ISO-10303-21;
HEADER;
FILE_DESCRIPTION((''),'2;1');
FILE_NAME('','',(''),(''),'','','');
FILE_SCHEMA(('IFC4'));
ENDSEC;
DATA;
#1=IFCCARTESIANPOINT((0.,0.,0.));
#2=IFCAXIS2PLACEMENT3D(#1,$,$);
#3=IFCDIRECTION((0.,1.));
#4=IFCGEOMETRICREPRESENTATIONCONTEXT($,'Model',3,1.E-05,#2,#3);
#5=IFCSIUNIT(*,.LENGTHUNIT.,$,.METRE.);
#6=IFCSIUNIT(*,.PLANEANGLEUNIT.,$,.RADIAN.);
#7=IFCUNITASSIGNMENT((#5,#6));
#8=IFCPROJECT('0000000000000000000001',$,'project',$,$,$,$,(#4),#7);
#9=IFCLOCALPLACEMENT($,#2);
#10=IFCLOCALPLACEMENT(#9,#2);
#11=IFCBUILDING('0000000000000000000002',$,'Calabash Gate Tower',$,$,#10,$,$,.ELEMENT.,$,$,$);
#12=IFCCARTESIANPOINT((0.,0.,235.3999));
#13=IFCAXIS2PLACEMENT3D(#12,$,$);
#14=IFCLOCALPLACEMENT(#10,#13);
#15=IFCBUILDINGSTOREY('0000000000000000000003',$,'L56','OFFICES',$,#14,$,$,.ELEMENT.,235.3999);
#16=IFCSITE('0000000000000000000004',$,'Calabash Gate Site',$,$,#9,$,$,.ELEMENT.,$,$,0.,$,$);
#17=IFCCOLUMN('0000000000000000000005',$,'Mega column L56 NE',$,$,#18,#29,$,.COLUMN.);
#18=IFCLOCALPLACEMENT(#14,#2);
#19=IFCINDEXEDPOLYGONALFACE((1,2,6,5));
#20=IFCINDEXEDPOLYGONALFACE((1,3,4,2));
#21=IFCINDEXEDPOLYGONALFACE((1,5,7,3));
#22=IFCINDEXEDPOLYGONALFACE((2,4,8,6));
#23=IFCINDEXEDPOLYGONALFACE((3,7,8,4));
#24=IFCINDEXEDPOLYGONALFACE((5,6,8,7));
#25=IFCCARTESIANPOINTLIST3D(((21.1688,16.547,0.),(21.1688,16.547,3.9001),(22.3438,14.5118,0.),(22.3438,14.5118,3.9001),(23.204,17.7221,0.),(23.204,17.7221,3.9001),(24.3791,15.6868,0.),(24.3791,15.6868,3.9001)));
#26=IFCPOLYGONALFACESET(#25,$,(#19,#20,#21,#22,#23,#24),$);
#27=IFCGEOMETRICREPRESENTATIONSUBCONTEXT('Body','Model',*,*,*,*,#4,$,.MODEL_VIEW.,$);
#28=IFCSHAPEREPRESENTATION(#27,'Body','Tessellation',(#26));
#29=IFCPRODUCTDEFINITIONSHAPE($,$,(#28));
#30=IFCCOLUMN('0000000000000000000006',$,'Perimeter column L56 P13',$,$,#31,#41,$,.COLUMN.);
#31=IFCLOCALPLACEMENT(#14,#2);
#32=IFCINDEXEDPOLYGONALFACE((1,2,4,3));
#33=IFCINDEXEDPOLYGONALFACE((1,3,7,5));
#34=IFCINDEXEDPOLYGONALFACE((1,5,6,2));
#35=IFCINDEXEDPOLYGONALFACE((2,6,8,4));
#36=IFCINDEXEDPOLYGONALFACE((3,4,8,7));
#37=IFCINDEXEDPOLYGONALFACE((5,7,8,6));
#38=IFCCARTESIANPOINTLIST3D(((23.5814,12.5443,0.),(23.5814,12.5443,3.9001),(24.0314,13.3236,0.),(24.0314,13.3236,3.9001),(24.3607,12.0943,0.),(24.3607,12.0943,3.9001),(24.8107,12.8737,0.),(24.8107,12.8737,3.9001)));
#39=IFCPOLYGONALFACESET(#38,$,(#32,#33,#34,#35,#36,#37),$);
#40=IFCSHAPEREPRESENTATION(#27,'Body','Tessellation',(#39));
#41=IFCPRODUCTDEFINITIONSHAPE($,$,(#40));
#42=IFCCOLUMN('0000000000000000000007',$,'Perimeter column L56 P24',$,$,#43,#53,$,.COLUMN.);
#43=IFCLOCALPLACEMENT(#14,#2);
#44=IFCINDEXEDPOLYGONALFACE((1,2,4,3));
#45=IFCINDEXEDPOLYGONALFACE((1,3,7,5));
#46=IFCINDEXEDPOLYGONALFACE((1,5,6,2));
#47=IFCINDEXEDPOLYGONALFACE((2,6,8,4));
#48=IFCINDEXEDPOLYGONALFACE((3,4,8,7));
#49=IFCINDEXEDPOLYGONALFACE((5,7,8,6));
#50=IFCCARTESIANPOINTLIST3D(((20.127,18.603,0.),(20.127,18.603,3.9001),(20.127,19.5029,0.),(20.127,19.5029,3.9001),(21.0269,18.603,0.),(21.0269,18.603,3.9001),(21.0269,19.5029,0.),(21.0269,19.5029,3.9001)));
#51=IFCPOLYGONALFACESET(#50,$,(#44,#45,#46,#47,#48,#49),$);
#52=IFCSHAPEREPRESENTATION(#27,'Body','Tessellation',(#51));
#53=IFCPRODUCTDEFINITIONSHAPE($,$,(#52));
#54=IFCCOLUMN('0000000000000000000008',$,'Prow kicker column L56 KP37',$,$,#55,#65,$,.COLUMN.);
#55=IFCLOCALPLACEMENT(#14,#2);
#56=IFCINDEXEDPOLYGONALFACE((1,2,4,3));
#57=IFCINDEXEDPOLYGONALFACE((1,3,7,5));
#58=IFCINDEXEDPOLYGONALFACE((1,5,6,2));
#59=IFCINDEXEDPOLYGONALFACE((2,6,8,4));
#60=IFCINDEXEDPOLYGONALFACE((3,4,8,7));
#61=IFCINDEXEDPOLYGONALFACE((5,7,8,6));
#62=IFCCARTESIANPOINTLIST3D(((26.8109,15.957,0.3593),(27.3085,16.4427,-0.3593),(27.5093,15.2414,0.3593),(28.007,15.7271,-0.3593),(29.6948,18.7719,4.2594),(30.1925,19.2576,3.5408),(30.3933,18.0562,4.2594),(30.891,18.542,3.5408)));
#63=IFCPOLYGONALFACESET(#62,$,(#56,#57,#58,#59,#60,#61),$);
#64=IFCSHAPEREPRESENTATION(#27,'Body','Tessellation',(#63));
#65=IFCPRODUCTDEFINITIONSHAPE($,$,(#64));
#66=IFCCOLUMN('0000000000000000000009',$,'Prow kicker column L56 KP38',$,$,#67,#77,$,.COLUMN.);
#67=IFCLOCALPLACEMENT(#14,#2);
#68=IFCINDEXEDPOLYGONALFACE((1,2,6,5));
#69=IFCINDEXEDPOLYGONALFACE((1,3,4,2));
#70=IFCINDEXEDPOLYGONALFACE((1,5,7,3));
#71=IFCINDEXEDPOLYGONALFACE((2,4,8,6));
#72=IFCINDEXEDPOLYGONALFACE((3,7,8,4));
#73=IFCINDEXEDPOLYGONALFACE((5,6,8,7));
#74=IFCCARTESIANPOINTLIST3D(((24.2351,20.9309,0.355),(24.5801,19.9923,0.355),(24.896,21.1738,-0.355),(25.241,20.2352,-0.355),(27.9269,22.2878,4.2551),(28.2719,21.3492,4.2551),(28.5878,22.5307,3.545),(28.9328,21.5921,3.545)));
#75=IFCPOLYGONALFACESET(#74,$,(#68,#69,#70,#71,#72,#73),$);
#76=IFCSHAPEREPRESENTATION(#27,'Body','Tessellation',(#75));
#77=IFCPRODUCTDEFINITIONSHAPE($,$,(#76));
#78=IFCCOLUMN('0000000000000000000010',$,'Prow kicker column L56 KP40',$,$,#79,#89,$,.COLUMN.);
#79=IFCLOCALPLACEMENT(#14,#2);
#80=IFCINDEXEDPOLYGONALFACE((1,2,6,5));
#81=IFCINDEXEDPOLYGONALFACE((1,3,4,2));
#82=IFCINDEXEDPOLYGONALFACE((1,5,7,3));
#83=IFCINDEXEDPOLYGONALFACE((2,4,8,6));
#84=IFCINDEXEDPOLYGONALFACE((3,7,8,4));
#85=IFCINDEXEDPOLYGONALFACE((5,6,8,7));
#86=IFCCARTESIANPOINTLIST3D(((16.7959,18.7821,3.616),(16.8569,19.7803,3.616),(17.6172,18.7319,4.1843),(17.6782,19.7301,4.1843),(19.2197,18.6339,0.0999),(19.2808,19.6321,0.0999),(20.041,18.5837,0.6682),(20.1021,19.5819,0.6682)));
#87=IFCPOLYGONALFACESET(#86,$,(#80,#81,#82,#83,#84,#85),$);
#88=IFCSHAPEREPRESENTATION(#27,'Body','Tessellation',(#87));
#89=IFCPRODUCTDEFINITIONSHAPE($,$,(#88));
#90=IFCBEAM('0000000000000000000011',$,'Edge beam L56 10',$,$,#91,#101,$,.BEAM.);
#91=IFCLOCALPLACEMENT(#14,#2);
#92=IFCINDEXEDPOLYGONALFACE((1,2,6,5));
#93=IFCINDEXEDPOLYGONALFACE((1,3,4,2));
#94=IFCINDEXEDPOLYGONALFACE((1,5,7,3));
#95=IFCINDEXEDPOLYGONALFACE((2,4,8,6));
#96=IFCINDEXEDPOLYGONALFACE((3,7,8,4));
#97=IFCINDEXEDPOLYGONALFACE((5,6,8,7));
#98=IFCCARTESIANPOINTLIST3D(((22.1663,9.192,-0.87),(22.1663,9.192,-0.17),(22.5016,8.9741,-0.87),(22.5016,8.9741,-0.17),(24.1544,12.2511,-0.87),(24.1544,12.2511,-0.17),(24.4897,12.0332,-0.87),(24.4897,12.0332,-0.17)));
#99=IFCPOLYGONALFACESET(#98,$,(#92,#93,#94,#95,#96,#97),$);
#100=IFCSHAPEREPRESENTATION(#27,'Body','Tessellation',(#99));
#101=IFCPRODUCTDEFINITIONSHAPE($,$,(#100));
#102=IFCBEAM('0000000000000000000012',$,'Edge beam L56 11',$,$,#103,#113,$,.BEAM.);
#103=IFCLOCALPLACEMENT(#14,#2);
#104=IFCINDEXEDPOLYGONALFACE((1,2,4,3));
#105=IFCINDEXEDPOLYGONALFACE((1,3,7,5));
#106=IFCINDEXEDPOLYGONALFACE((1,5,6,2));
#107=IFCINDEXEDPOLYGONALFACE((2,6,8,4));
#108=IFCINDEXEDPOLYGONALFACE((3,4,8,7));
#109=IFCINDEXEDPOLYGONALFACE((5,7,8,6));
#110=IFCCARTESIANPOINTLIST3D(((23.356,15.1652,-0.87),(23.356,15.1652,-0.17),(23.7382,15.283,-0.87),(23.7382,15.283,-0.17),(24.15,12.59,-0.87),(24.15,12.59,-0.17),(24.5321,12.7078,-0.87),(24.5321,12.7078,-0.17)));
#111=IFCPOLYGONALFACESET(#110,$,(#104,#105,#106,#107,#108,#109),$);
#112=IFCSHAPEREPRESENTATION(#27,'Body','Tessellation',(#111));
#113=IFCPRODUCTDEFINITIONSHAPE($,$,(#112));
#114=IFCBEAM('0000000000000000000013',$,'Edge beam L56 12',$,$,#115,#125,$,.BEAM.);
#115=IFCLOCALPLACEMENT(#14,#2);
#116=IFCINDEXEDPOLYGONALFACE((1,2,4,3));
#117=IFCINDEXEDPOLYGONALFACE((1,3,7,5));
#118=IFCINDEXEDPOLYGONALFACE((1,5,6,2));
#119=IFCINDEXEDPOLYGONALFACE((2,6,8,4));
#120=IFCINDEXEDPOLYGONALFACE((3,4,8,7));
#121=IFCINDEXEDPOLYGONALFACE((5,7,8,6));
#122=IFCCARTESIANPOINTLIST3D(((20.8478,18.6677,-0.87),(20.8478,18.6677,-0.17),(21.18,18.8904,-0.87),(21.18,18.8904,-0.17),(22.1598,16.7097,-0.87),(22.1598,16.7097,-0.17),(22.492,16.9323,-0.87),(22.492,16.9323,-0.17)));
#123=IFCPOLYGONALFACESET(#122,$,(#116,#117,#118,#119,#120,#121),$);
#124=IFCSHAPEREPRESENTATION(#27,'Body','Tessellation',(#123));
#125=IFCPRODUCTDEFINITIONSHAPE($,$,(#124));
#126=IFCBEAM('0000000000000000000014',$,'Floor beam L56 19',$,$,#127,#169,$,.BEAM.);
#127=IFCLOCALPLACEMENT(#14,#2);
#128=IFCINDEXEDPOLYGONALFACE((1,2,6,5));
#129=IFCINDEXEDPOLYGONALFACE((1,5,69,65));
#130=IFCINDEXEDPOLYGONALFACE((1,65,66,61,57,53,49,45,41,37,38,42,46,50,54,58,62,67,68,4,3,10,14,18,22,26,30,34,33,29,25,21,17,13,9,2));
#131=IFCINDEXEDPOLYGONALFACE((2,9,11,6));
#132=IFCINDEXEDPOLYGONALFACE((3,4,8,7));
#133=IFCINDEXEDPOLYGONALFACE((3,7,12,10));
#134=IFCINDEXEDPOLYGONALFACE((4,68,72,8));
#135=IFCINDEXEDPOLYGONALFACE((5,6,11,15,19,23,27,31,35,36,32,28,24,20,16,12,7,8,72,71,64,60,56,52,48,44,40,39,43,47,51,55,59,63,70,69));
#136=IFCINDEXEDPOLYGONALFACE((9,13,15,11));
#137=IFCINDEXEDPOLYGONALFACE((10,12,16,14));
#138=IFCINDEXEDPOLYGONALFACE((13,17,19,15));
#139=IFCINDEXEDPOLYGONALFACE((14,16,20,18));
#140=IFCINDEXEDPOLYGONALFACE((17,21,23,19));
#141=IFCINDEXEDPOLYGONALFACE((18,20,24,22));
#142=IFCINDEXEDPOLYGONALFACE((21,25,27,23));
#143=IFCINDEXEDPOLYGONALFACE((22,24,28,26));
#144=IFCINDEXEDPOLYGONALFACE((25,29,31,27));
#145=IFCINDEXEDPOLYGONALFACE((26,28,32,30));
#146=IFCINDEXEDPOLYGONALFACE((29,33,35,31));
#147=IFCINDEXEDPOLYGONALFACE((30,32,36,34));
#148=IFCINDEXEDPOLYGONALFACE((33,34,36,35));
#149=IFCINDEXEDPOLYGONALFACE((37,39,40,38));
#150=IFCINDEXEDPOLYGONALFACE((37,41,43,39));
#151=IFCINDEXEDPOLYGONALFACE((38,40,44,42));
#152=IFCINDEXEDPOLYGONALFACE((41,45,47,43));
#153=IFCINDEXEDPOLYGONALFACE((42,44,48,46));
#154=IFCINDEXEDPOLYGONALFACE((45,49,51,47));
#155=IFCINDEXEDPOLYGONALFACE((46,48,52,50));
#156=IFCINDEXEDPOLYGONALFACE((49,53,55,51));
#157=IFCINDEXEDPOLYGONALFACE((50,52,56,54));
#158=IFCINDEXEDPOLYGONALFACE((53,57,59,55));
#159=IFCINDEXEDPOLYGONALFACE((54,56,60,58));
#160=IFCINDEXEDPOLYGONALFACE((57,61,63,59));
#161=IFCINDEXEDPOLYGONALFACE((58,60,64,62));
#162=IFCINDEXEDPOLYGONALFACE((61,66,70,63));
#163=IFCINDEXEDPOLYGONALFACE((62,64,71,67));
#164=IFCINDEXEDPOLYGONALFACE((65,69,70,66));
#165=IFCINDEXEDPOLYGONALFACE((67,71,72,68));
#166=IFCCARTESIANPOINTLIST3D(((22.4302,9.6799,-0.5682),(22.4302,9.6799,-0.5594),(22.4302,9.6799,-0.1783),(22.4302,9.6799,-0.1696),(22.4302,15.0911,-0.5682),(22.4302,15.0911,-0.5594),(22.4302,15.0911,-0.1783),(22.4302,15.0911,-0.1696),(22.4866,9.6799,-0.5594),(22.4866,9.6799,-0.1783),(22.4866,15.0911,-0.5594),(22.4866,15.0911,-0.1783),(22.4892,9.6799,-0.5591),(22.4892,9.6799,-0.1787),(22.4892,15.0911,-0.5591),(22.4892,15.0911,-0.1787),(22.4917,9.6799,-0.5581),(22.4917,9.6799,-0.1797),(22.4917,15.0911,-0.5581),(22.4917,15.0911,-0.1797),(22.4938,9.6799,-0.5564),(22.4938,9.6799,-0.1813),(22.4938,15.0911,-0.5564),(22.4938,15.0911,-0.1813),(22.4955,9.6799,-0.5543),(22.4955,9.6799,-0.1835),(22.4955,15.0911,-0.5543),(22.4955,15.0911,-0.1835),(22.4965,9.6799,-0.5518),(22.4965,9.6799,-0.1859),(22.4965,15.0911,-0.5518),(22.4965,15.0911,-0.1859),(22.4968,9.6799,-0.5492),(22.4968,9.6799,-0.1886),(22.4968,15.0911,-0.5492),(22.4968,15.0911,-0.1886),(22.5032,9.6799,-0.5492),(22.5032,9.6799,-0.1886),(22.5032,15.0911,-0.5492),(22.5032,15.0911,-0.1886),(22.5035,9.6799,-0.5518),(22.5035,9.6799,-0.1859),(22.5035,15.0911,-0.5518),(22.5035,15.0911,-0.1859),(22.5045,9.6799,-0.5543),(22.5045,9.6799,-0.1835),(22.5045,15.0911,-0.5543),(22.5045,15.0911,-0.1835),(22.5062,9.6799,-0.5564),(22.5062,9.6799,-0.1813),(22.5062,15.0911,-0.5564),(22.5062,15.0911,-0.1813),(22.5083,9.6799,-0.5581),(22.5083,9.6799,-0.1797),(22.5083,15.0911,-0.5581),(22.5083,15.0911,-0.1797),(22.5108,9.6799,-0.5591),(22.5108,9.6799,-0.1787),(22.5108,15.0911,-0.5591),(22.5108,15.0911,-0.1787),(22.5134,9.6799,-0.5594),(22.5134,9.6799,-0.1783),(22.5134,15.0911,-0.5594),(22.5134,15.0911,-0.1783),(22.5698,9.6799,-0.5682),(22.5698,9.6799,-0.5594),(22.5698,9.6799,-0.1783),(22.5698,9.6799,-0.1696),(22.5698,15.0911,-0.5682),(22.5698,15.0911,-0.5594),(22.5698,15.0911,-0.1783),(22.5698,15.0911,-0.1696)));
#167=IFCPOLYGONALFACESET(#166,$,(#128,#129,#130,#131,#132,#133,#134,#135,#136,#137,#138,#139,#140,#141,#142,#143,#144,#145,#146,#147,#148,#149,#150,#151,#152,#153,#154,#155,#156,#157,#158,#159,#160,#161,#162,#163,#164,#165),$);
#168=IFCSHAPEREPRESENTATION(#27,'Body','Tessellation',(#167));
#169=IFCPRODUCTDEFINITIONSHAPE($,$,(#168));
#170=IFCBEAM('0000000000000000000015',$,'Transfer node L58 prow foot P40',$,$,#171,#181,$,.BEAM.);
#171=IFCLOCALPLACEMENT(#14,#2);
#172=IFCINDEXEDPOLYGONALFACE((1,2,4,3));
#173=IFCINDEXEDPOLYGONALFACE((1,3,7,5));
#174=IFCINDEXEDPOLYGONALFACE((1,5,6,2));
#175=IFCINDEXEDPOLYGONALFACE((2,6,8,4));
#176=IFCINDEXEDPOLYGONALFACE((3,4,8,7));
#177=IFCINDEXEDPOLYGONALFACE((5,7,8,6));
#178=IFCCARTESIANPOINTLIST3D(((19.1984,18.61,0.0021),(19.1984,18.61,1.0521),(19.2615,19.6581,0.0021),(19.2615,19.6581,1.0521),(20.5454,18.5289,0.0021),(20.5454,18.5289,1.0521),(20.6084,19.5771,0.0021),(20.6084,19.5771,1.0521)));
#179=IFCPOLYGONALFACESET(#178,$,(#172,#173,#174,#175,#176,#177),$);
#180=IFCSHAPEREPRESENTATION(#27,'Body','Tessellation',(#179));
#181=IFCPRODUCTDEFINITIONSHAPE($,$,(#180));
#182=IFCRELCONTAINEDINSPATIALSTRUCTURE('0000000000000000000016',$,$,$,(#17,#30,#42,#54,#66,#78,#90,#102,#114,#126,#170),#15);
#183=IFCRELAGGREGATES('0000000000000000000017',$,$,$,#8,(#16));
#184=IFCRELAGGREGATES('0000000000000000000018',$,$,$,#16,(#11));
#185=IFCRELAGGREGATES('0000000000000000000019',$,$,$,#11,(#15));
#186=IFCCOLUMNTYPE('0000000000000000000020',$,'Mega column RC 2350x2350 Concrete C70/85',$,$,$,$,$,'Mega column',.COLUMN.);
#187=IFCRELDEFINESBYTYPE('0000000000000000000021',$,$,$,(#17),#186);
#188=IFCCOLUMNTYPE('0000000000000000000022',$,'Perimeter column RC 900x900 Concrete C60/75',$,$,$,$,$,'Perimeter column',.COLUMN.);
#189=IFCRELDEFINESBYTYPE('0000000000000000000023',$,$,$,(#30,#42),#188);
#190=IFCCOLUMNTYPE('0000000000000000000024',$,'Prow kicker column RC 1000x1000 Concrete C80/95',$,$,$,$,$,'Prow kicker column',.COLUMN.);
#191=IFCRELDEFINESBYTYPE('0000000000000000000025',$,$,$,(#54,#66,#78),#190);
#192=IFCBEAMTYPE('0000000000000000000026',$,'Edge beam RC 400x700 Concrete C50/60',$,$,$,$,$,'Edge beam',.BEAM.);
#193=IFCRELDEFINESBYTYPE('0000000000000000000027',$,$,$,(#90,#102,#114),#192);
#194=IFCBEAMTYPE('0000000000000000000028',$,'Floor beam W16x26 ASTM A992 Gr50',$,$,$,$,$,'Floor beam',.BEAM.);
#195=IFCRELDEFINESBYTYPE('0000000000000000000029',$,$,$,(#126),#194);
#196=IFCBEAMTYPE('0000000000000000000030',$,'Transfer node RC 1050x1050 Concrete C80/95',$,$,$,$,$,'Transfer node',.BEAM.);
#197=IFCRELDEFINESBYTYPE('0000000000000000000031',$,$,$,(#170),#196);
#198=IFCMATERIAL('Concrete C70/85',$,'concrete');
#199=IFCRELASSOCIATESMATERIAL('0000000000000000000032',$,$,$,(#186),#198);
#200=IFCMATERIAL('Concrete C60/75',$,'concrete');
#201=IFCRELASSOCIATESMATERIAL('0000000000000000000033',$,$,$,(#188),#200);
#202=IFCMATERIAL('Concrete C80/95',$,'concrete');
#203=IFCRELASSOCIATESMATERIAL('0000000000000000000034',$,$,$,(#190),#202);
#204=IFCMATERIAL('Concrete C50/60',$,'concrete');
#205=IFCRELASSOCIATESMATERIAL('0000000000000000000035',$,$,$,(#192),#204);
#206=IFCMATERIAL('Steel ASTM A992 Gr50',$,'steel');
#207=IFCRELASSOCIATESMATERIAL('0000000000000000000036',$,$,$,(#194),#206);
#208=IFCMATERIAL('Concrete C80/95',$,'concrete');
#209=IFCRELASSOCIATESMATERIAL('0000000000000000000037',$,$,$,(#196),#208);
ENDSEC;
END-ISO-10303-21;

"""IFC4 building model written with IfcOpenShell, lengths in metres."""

from ifc_helpers import new_model, si_unit, direction, frame, origin, origin_2d, place, context, subcontext, project, spatial, rectangle, i_section, extrude, material, material_profile, profile_set, type_object, element, save


model = new_model("IFC4")

# Units and contexts
model_context = context("Model", 3, precision=1e-05, world=origin(), true_north=direction((0.0, 1.0)))
body_context = subcontext(model_context, "Body", "Model", "MODEL_VIEW")
ifc_project = project(units=[si_unit("LENGTHUNIT", "METRE"), si_unit("PLANEANGLEUNIT", "RADIAN")], contexts=[model_context])

# Site, building, storey
site_placement = place(None, origin())
site = spatial("IfcSite", under=ifc_project, at=site_placement, Name="Calabash Gate Site", CompositionType="ELEMENT", RefElevation=0.0)
building_placement = place(site_placement, origin())
building = spatial("IfcBuilding", under=site, at=building_placement, Name="Calabash Gate Tower", CompositionType="ELEMENT")
storey_placement = place(building_placement, frame((0.0, 0.0, 235.3999)))
storey = spatial("IfcBuildingStorey", under=building, at=storey_placement, Name="L56", Description="OFFICES", CompositionType="ELEMENT", Elevation=235.3999)

# Columns
ifc_material_1 = material(Name="Concrete C70/85", Category="concrete")
ifc_material_profile_1 = material_profile(ifc_material_1, rectangle(XDim=2.3501, YDim=2.3501, at=origin_2d()))
ifc_profile_set_1 = profile_set([ifc_material_profile_1], Name="Concrete C70/85")
column_type_1 = type_object("IfcColumnType", Name="Mega column RC 2350x2350 Concrete C70/85", ElementType="Mega column", PredefinedType="COLUMN", material=ifc_profile_set_1)
column_1_placement = place(storey_placement, frame((22.7739, 16.1169, 0.0), z_axis=(0.0, 0.0, 1.0), x_axis=(-0.866025, -0.5, 0.0)))
element("IfcColumn", 1, at=column_1_placement, inside=storey, type_object=column_type_1, Name="Mega column L56 NE", PredefinedType="COLUMN", context=body_context, shape_type="SweptSolid", body=[
    extrude(rectangle(XDim=2.3501, YDim=2.3501, at=origin_2d()), origin(), (0.0, 0.0, 1.0), 3.9001),
])
ifc_material_2 = material(Name="Concrete C60/75", Category="concrete")
ifc_material_profile_2 = material_profile(ifc_material_2, rectangle(XDim=0.8999, YDim=0.8999, at=origin_2d()))
ifc_profile_set_2 = profile_set([ifc_material_profile_2], Name="Concrete C60/75")
column_type_2 = type_object("IfcColumnType", Name="Perimeter column RC 900x900 Concrete C60/75", ElementType="Perimeter column", PredefinedType="COLUMN", material=ifc_profile_set_2)
for number, where, z_axis, x_axis, name in (
    (2, (24.196, 12.709, 0.0), (0.0, 0.0, 1.0), (0.5, 0.866025, 0.0), "Perimeter column L56 P13"),
    (3, (20.5769, 19.053, 0.0), (0.0, 0.0, 1.0), (-1.0, 0.0, 0.0), "Perimeter column L56 P24"),
):
    element("IfcColumn", number, at=place(storey_placement, frame(where, z_axis=z_axis, x_axis=x_axis)), inside=storey, type_object=column_type_2, Name=name, PredefinedType="COLUMN", context=body_context, shape_type="SweptSolid", body=[
        extrude(rectangle(XDim=0.8999, YDim=0.8999, at=origin_2d()), origin(), (0.0, 0.0, 1.0), 3.9001),
    ])
ifc_material_3 = material(Name="Concrete C80/95", Category="concrete")
ifc_material_profile_3 = material_profile(ifc_material_3, rectangle(XDim=1.0, YDim=1.0, at=origin_2d()))
ifc_profile_set_3 = profile_set([ifc_material_profile_3], Name="Concrete C80/95")
column_type_3 = type_object("IfcColumnType", Name="Prow kicker column RC 1000x1000 Concrete C80/95", ElementType="Prow kicker column", PredefinedType="COLUMN", material=ifc_profile_set_3)
column_2_placement = place(storey_placement, frame((27.4089, 15.842, 0.0), z_axis=(0.514247, 0.501927, 0.695428), x_axis=(-0.497667, -0.485744, 0.718596)))
element("IfcColumn", 4, at=column_2_placement, inside=storey, type_object=column_type_3, Name="Prow kicker column L56 KP37", PredefinedType="COLUMN", context=body_context, shape_type="SweptSolid", body=[
    extrude(rectangle(XDim=1.0, YDim=1.0, at=origin_2d()), origin(), (0.0, 0.0, 1.0), 5.6082),
])
column_3_placement = place(storey_placement, frame((24.738, 20.583, 0.0), z_axis=(0.666506, 0.24497, 0.704102), x_axis=(-0.660877, -0.242901, 0.710099)))
element("IfcColumn", 5, at=column_3_placement, inside=storey, type_object=column_type_3, Name="Prow kicker column L56 KP38", PredefinedType="COLUMN", context=body_context, shape_type="SweptSolid", body=[
    extrude(rectangle(XDim=1.0, YDim=1.0, at=origin_2d()), origin(), (0.0, 0.0, 1.0), 5.5391),
])
column_4_placement = place(storey_placement, frame((19.6609, 19.1079, 0.384), z_axis=(-0.567221, 0.03468, 0.822835), x_axis=(0.821302, -0.050215, 0.56828)))
element("IfcColumn", 6, at=column_4_placement, inside=storey, type_object=column_type_3, Name="Prow kicker column L56 KP40", PredefinedType="COLUMN", context=body_context, shape_type="SweptSolid", body=[
    extrude(rectangle(XDim=1.0, YDim=1.0, at=origin_2d()), origin(), (0.0, 0.0, 1.0), 4.2732),
])

# Beams
ifc_material_4 = material(Name="Concrete C50/60", Category="concrete")
ifc_material_profile_4 = material_profile(ifc_material_4, rectangle(XDim=0.3999, YDim=0.7, at=origin_2d()))
ifc_profile_set_4 = profile_set([ifc_material_profile_4], Name="Concrete C50/60")
beam_type_1 = type_object("IfcBeamType", Name="Edge beam RC 400x700 Concrete C50/60", ElementType="Edge beam", PredefinedType="BEAM", material=ifc_profile_set_4)
beam_1_placement = place(storey_placement, frame((22.334, 9.083, -0.52), z_axis=(0.544918, 0.838489, 0.0), x_axis=(-0.838489, 0.544918, 0.0)))
element("IfcBeam", 7, at=beam_1_placement, inside=storey, type_object=beam_type_1, Name="Edge beam L56 10", PredefinedType="BEAM", context=body_context, shape_type="SweptSolid", body=[
    extrude(rectangle(XDim=0.3999, YDim=0.7, at=origin_2d()), origin(), (0.0, 0.0, 1.0), 3.6484),
])
beam_2_placement = place(storey_placement, frame((24.3411, 12.6489, -0.52), z_axis=(-0.294621, 0.955614, 0.0), x_axis=(-0.955614, -0.294621, 0.0)))
element("IfcBeam", 8, at=beam_2_placement, inside=storey, type_object=beam_type_1, Name="Edge beam L56 11", PredefinedType="BEAM", context=body_context, shape_type="SweptSolid", body=[
    extrude(rectangle(XDim=0.3999, YDim=0.7, at=origin_2d()), origin(), (0.0, 0.0, 1.0), 2.6948),
])
beam_3_placement = place(storey_placement, frame((22.3259, 16.821, -0.52), z_axis=(-0.556659, 0.830741, 0.0), x_axis=(-0.830741, -0.556659, 0.0)))
element("IfcBeam", 9, at=beam_3_placement, inside=storey, type_object=beam_type_1, Name="Edge beam L56 12", PredefinedType="BEAM", context=body_context, shape_type="SweptSolid", body=[
    extrude(rectangle(XDim=0.3999, YDim=0.7, at=origin_2d()), origin(), (0.0, 0.0, 1.0), 2.3569),
])
ifc_material_5 = material(Name="Steel ASTM A992 Gr50", Category="steel")
ifc_material_profile_5 = material_profile(ifc_material_5, i_section(OverallWidth=0.1396, OverallDepth=0.3987, WebThickness=0.0063, FlangeThickness=0.0088, FilletRadius=0.0103, at=origin_2d()))
ifc_profile_set_5 = profile_set([ifc_material_profile_5], Name="Steel ASTM A992 Gr50")
beam_type_2 = type_object("IfcBeamType", Name="Floor beam W16x26 ASTM A992 Gr50", ElementType="Floor beam", PredefinedType="BEAM", material=ifc_profile_set_5)
beam_4_placement = place(storey_placement, frame((22.5, 9.6799, -0.3689), z_axis=(0.0, 1.0, 0.0), x_axis=(-1.0, 0.0, 0.0)))
element("IfcBeam", 10, at=beam_4_placement, inside=storey, type_object=beam_type_2, Name="Floor beam L56 19", PredefinedType="BEAM", context=body_context, shape_type="SweptSolid", body=[
    extrude(i_section(OverallWidth=0.1396, OverallDepth=0.3987, WebThickness=0.0063, FlangeThickness=0.0088, FilletRadius=0.0103, at=origin_2d()), origin(), (0.0, 0.0, 1.0), 5.4111),
])
ifc_material_6 = material(Name="Concrete C80/95", Category="concrete")
ifc_material_profile_6 = material_profile(ifc_material_6, rectangle(XDim=1.05, YDim=1.05, at=origin_2d()))
ifc_profile_set_6 = profile_set([ifc_material_profile_6], Name="Concrete C80/95")
beam_type_3 = type_object("IfcBeamType", Name="Transfer node RC 1050x1050 Concrete C80/95", ElementType="Transfer node", PredefinedType="BEAM", material=ifc_profile_set_6)
beam_5_placement = place(storey_placement, frame((20.5769, 19.053, 0.5271), z_axis=(-0.998194, 0.060069, 0.0), x_axis=(-0.060069, -0.998194, 0.0)))
element("IfcBeam", 11, at=beam_5_placement, inside=storey, type_object=beam_type_3, Name="Transfer node L58 prow foot P40", PredefinedType="BEAM", context=body_context, shape_type="SweptSolid", body=[
    extrude(rectangle(XDim=1.05, YDim=1.05, at=origin_2d()), origin(), (0.0, 0.0, 1.0), 1.3494),
])

save(model, "model.ifc")
